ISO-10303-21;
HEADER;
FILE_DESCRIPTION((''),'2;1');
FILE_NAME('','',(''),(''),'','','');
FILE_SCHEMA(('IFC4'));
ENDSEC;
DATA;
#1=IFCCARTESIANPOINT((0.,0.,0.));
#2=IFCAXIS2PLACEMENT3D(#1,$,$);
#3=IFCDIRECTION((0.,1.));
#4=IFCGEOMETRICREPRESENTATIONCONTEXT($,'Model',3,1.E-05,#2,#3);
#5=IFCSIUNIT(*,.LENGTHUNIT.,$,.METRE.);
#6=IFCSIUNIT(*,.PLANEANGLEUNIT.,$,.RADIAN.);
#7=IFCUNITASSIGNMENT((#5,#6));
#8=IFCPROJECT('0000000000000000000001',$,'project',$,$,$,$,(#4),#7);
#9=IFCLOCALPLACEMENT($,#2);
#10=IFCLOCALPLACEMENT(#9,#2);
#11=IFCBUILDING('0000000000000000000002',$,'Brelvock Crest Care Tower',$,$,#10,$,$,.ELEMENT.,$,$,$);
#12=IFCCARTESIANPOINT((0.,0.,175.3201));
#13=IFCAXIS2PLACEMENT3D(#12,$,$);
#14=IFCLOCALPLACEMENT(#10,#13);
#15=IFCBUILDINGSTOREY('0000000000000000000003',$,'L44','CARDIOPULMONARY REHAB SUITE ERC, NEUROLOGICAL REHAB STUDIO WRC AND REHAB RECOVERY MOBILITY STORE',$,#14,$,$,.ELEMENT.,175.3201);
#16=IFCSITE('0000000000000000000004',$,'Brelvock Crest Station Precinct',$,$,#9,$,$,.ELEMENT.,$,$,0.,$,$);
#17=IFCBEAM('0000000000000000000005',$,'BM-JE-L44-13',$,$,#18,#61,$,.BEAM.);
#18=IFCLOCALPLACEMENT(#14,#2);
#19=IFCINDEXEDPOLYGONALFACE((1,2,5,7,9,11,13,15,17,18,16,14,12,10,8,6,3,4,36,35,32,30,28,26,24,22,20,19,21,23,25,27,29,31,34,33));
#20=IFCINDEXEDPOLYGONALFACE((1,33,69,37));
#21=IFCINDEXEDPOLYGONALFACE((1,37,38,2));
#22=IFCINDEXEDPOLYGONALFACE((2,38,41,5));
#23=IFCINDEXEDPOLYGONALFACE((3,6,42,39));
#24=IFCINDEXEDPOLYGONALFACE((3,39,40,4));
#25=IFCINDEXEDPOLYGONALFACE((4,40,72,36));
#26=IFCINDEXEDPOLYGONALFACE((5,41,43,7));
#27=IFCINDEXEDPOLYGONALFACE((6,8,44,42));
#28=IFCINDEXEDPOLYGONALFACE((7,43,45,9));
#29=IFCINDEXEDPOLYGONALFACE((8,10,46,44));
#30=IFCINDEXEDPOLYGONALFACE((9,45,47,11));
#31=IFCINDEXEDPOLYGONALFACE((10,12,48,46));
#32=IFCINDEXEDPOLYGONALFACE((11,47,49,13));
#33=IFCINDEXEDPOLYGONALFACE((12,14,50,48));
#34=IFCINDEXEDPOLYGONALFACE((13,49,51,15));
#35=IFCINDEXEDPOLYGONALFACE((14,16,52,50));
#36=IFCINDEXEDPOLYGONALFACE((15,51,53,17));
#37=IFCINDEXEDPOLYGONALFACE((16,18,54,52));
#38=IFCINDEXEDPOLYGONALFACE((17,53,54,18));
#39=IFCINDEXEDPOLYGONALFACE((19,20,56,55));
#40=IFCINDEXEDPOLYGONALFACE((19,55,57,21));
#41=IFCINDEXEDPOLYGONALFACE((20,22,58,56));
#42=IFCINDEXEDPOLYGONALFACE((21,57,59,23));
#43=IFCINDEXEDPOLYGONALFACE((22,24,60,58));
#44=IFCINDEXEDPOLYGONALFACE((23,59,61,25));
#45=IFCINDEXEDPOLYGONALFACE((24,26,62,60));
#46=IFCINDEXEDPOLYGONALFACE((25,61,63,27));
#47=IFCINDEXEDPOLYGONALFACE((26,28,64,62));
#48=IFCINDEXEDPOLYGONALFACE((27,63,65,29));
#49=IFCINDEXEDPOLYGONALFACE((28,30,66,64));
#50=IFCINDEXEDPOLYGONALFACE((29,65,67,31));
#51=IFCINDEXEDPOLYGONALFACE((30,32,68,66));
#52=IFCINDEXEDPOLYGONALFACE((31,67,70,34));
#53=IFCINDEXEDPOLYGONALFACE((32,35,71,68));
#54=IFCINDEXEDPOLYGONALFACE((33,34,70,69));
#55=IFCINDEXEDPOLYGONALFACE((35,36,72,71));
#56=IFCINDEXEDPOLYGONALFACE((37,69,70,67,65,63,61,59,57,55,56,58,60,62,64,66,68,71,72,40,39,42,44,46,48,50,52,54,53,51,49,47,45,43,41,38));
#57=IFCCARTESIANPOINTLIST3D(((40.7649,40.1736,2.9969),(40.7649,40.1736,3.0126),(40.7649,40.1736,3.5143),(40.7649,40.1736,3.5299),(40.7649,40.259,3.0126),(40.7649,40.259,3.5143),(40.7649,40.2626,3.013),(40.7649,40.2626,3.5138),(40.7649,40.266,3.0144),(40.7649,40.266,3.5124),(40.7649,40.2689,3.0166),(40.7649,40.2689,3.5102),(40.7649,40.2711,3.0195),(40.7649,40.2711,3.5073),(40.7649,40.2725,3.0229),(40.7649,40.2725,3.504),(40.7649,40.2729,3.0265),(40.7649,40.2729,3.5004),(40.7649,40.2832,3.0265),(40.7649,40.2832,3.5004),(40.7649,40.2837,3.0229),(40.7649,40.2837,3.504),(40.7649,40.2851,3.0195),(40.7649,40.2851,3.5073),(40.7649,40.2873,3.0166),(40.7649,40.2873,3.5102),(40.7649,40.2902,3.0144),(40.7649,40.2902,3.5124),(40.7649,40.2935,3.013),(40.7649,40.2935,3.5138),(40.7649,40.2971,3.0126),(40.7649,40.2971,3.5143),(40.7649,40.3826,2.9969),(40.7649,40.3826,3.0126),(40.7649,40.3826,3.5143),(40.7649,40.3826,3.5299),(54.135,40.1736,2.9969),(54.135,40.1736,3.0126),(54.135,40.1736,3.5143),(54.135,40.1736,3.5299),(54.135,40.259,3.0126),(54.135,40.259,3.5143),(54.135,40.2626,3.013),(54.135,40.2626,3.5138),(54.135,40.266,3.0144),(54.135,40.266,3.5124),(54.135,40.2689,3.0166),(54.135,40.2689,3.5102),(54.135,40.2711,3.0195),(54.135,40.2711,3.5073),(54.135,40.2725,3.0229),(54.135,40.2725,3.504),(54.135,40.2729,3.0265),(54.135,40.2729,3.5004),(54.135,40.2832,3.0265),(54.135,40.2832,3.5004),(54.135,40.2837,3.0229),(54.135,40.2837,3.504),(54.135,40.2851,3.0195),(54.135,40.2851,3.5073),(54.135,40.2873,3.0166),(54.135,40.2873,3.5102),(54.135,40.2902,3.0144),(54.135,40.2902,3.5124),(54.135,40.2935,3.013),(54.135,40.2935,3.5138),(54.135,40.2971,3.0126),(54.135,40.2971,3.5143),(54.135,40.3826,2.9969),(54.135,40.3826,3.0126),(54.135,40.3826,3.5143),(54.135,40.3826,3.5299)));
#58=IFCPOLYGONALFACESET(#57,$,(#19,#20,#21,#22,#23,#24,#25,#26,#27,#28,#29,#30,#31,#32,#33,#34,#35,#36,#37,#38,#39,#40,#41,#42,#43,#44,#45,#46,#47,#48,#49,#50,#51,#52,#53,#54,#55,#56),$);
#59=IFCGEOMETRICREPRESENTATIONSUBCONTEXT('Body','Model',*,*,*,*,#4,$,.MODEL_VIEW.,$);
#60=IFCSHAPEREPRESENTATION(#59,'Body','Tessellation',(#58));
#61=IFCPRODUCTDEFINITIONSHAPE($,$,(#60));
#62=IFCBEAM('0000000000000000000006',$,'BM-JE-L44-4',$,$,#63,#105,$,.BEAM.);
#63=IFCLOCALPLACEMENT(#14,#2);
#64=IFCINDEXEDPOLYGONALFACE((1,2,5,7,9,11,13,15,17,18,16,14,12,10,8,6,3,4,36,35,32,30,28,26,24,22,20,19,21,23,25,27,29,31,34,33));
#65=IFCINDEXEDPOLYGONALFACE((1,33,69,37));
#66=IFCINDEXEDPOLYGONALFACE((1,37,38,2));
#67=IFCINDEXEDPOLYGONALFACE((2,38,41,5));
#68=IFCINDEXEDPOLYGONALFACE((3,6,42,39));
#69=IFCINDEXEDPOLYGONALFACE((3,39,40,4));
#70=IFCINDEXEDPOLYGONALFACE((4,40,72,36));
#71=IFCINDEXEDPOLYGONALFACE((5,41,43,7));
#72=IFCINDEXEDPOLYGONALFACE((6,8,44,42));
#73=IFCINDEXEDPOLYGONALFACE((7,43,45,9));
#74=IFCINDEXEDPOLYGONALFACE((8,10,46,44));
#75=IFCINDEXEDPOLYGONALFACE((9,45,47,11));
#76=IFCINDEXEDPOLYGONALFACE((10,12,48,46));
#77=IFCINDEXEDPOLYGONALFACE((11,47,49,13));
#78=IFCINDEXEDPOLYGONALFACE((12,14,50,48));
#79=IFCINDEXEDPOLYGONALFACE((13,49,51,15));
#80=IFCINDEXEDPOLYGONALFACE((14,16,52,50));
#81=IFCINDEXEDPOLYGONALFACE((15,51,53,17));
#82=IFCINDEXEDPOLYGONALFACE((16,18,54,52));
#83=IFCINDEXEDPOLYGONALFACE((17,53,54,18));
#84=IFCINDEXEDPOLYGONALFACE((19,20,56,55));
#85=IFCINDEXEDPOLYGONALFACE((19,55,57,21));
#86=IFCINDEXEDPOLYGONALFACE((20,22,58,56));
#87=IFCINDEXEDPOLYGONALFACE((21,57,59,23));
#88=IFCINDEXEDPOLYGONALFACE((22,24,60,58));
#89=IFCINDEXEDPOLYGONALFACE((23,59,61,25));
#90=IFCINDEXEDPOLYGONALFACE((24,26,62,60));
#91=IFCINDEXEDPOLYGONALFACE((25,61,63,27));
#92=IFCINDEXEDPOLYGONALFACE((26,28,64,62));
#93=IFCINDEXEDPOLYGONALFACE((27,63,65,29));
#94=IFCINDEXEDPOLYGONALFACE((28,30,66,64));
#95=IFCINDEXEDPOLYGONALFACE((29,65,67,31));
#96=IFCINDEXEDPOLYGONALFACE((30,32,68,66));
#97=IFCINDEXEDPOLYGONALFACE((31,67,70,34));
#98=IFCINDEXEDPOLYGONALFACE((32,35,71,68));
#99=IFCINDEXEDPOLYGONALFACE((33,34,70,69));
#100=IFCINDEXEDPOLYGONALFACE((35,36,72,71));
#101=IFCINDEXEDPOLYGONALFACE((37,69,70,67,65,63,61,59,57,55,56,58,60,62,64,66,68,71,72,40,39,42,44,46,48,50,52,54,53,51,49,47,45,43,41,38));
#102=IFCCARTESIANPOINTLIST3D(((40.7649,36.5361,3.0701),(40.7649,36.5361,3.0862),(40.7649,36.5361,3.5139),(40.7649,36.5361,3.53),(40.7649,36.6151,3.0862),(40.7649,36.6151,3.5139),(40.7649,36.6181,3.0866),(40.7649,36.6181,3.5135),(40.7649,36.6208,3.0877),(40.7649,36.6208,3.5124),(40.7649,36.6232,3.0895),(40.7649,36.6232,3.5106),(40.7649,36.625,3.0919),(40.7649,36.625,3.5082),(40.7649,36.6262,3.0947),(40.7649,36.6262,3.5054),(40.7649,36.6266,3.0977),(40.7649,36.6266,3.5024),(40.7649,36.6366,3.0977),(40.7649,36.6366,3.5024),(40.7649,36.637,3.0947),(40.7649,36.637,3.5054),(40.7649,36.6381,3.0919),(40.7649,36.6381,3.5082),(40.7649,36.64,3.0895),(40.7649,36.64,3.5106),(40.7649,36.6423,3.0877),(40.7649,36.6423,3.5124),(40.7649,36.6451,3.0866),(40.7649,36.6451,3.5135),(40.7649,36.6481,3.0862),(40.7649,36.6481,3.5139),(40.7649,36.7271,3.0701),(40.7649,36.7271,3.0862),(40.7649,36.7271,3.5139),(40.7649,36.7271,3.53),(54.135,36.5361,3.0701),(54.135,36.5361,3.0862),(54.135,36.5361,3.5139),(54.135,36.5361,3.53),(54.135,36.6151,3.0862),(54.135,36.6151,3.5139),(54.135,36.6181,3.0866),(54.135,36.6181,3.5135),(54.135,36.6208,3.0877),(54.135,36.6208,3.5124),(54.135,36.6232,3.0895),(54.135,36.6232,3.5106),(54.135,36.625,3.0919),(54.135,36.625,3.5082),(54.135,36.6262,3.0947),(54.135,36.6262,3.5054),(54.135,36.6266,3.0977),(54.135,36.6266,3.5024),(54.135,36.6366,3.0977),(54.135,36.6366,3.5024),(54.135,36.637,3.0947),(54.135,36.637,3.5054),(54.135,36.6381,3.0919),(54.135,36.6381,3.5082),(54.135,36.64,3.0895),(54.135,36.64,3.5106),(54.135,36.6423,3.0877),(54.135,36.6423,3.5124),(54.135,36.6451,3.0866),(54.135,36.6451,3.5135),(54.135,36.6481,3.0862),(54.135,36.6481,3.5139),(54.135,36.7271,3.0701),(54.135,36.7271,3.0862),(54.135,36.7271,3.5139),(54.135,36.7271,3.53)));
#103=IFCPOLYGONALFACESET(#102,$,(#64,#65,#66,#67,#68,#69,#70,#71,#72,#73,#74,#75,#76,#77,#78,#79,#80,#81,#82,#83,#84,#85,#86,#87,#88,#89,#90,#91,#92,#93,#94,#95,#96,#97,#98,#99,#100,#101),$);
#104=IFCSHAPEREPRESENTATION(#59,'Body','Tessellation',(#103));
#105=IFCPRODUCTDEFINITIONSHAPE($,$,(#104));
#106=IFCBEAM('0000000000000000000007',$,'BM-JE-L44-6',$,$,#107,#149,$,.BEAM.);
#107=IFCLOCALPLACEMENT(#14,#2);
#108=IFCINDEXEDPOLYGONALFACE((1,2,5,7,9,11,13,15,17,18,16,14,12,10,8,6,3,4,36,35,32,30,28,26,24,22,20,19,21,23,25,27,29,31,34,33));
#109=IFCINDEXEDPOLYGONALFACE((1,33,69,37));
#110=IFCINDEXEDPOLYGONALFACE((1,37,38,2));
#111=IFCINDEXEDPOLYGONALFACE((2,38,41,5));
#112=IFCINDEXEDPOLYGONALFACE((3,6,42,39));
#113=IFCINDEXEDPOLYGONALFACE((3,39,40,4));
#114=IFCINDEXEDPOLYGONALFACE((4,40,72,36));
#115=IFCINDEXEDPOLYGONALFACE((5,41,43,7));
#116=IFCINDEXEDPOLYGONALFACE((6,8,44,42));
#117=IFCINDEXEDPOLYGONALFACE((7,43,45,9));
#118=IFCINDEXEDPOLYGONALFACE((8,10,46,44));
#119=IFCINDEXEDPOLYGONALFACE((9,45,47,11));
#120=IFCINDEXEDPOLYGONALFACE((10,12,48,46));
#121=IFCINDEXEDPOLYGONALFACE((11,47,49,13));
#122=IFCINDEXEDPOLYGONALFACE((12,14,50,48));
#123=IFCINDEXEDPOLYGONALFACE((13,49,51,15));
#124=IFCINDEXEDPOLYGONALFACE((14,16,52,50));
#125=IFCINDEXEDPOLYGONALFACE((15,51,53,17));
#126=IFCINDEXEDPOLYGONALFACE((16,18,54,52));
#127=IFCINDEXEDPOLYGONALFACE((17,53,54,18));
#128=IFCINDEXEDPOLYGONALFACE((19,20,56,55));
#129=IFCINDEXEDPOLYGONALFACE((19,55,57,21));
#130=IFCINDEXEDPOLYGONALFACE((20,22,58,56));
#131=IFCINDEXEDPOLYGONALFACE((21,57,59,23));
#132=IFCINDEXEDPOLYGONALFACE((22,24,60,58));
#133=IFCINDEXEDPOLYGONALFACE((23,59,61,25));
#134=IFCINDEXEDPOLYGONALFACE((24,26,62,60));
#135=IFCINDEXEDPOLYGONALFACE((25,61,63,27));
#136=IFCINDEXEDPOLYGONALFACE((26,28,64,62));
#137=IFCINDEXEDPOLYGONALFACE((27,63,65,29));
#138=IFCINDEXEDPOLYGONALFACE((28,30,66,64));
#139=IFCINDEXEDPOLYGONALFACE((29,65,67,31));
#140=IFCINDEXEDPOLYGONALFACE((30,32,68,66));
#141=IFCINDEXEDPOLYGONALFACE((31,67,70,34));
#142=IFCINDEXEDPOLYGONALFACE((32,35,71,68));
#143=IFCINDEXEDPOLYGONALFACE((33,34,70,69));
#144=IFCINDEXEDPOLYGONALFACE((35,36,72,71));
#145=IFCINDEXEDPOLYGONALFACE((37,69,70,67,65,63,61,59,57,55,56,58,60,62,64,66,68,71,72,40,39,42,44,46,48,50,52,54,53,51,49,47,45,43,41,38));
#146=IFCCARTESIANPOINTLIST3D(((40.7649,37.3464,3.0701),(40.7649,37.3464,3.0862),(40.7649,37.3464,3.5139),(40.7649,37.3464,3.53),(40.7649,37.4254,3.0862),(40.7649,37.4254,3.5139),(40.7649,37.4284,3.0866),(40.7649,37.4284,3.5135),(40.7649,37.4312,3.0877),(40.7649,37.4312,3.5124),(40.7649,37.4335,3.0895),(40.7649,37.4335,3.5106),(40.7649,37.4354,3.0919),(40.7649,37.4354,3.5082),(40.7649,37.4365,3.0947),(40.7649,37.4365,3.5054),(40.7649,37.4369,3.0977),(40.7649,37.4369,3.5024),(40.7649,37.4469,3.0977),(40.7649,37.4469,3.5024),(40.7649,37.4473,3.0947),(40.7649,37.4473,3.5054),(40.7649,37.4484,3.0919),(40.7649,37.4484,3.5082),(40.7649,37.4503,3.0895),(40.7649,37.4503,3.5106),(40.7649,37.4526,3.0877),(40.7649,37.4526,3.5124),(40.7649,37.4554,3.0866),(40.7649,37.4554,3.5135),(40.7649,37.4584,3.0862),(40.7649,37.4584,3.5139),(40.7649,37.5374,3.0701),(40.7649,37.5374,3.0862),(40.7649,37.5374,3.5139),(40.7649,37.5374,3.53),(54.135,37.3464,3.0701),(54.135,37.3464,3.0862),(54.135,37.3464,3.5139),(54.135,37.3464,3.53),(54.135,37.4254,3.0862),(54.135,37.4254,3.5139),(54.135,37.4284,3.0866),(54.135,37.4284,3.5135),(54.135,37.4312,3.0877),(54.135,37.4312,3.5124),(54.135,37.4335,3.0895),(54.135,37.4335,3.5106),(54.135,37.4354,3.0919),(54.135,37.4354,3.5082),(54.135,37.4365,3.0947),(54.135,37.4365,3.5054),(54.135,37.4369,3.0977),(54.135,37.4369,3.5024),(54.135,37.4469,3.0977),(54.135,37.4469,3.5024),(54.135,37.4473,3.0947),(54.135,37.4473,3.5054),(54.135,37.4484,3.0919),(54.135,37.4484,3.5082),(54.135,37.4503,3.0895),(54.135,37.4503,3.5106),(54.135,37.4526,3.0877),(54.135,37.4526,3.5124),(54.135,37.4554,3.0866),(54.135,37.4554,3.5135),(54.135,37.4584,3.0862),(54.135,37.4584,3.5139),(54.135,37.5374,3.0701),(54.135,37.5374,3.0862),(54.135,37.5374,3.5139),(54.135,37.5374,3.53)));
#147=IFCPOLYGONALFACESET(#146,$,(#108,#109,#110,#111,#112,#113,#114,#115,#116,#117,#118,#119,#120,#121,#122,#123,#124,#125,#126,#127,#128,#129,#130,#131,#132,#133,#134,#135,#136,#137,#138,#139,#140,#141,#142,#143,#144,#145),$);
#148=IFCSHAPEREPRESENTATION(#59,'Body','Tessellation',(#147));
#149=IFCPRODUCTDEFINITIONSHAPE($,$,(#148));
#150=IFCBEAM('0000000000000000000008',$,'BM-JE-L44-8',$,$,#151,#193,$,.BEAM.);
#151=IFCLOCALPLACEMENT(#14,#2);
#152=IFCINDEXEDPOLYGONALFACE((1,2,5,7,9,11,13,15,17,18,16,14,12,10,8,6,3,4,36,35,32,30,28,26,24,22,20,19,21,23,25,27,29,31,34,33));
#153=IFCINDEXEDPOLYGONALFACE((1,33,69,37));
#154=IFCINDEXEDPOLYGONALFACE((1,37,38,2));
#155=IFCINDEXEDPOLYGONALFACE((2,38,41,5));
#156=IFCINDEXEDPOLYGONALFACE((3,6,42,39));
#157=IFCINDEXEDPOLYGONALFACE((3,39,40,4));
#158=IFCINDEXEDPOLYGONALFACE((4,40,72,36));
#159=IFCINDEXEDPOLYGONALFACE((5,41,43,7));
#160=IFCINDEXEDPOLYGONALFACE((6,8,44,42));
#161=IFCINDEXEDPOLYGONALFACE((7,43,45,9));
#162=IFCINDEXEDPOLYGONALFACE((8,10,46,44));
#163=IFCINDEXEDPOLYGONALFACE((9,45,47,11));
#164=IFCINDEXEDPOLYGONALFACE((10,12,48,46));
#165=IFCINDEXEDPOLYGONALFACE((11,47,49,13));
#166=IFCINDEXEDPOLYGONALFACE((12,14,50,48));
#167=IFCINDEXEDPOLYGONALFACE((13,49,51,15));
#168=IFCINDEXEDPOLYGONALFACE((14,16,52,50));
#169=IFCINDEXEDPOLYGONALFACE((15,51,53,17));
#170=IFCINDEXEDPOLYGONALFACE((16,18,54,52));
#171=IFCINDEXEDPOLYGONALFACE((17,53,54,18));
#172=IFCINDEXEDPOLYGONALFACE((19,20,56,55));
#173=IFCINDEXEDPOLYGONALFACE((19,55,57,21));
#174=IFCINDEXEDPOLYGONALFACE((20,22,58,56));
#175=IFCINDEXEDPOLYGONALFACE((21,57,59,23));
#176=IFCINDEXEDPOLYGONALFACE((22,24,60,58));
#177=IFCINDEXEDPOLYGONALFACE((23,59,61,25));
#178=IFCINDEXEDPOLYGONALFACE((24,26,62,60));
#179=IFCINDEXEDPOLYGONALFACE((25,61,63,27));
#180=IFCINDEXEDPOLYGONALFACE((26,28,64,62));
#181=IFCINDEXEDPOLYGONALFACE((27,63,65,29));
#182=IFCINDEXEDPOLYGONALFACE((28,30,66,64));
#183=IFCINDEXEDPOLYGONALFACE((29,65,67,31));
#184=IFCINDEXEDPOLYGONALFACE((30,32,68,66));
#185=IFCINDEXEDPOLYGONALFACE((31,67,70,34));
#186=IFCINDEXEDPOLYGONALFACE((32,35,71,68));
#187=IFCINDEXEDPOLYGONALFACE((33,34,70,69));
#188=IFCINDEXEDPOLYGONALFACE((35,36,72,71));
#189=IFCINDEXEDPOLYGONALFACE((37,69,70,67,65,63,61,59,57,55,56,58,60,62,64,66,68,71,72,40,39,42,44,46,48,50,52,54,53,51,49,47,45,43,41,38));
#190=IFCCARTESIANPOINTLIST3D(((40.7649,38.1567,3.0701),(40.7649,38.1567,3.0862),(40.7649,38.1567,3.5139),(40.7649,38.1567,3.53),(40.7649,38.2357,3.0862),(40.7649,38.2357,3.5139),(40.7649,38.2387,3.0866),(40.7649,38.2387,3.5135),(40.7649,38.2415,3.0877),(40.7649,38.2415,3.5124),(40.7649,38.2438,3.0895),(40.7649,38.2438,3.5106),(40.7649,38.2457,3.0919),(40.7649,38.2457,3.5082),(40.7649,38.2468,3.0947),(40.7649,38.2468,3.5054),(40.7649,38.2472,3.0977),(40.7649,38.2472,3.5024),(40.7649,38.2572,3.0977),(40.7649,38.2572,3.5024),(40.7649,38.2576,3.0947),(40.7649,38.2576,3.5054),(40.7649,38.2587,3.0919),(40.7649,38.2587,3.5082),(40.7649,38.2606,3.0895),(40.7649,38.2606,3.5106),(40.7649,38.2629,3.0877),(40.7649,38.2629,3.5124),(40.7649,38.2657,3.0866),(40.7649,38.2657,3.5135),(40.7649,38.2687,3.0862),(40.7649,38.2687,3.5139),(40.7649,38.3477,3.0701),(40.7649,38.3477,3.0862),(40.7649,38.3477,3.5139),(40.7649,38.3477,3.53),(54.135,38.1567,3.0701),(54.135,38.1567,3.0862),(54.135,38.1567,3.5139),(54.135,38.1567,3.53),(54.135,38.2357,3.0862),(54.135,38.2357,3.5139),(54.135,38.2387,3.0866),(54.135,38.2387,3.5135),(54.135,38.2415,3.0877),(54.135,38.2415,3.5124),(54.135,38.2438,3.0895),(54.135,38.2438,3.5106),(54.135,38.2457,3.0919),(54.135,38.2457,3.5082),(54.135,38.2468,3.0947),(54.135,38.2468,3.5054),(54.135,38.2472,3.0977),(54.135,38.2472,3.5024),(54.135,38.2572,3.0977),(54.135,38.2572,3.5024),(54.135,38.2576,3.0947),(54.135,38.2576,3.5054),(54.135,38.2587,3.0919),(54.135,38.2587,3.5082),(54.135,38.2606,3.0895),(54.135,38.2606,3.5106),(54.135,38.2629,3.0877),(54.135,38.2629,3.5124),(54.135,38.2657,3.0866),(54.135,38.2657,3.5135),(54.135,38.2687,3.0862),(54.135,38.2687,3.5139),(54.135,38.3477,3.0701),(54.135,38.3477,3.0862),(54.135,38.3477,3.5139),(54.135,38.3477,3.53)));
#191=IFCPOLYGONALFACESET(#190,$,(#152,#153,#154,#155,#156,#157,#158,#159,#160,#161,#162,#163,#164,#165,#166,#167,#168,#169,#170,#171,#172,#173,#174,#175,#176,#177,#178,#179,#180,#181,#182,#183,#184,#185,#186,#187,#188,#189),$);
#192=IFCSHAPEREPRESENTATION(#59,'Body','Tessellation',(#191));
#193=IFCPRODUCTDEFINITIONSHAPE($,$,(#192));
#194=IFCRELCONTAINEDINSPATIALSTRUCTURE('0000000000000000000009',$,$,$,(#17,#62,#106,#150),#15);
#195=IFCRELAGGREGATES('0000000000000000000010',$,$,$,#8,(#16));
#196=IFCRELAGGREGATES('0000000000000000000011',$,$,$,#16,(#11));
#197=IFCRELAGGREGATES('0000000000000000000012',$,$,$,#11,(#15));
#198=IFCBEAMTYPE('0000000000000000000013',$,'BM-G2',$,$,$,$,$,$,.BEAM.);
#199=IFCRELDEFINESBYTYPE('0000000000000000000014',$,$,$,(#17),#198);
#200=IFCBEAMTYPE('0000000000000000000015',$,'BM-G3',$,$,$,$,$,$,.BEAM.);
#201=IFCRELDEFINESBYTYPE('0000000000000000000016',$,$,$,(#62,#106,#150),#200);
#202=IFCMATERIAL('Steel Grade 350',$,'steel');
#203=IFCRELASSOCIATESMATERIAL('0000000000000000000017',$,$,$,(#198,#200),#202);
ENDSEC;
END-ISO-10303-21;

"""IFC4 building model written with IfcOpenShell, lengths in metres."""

from ifc_helpers import new_model, si_unit, direction, frame, origin, origin_2d, place, context, subcontext, project, spatial, i_section, extrude, source, transform, mapped, material, material_profile, profile_set, type_object, element, save


model = new_model("IFC4")

# Units and contexts
model_context = context("Model", 3, precision=1e-05, world=origin(), true_north=direction((0.0, 1.0)))
body_context = subcontext(model_context, "Body", "Model", "MODEL_VIEW")
ifc_project = project(units=[si_unit("LENGTHUNIT", "METRE"), si_unit("PLANEANGLEUNIT", "RADIAN")], contexts=[model_context])

# Site, building, storey
site_placement = place(None, origin())
site = spatial("IfcSite", under=ifc_project, at=site_placement, Name="Brelvock Crest Station Precinct", CompositionType="ELEMENT", RefElevation=0.0)
building_placement = place(site_placement, origin())
building = spatial("IfcBuilding", under=site, at=building_placement, Name="Brelvock Crest Care Tower", CompositionType="ELEMENT")
storey_placement = place(building_placement, frame((0.0, 0.0, 175.3201)))
storey = spatial("IfcBuildingStorey", under=building, at=storey_placement, Name="L44", Description="CARDIOPULMONARY REHAB SUITE ERC, NEUROLOGICAL REHAB STUDIO WRC AND REHAB RECOVERY MOBILITY STORE", CompositionType="ELEMENT", Elevation=175.3201)

# Beams
ifc_material_1 = material(Name="Steel Grade 350", Category="steel")
ifc_material_profile_1 = material_profile(ifc_material_1, i_section(OverallWidth=0.209, OverallDepth=0.533, WebThickness=0.0103, FlangeThickness=0.0156, FilletRadius=0.0139, at=origin_2d()), Name="530UB92.4")
ifc_profile_set_1 = profile_set([ifc_material_profile_1], Name="Steel Grade 350")
beam_type_1 = type_object("IfcBeamType", Name="BM-G2", PredefinedType="BEAM", material=ifc_profile_set_1)
shared_shape_1 = source(origin(), body_context, "Body", "SweptSolid", [
    extrude(i_section(OverallWidth=0.209, OverallDepth=0.533, WebThickness=0.0103, FlangeThickness=0.0156, FilletRadius=0.0139, at=origin_2d()), origin(), (0.0, 0.0, 1.0), 13.3701),
])
for number, where, z_axis, x_axis, name in (
    (1, (40.7649, 40.2781, 3.2634), (1.0, 0.0, 0.0), (0.0, 1.0, 0.0), "BM-JE-L44-13"),
):
    element("IfcBeam", number, at=place(storey_placement, frame(where, z_axis=z_axis, x_axis=x_axis)), inside=storey, type_object=beam_type_1, Name=name, PredefinedType="BEAM", context=body_context, shape_type="MappedRepresentation", body=[
        mapped(shared_shape_1, transform((0.0, 0.0, 0.0), x_axis=(1.0, 0.0, 0.0), y_axis=(0.0, 1.0, 0.0), z_axis=(0.0, 0.0, 1.0), scale=1.0)),
    ])
ifc_material_profile_2 = material_profile(ifc_material_1, i_section(OverallWidth=0.1909, OverallDepth=0.46, WebThickness=0.01, FlangeThickness=0.0161, FilletRadius=0.0115, at=origin_2d()), Name="460UB82.1")
ifc_profile_set_2 = profile_set([ifc_material_profile_2], Name="Steel Grade 350")
beam_type_2 = type_object("IfcBeamType", Name="BM-G3", PredefinedType="BEAM", material=ifc_profile_set_2)
shared_shape_2 = source(origin(), body_context, "Body", "SweptSolid", [
    extrude(i_section(OverallWidth=0.1909, OverallDepth=0.46, WebThickness=0.01, FlangeThickness=0.0161, FilletRadius=0.0115, at=origin_2d()), origin(), (0.0, 0.0, 1.0), 13.3701),
])
for number, where, z_axis, x_axis, name in (
    (2, (40.7649, 36.6316, 3.3), (1.0, 0.0, 0.0), (0.0, 1.0, 0.0), "BM-JE-L44-4"),
    (3, (40.7649, 37.4419, 3.3), (1.0, 0.0, 0.0), (0.0, 1.0, 0.0), "BM-JE-L44-6"),
    (4, (40.7649, 38.2522, 3.3), (1.0, 0.0, 0.0), (0.0, 1.0, 0.0), "BM-JE-L44-8"),
):
    element("IfcBeam", number, at=place(storey_placement, frame(where, z_axis=z_axis, x_axis=x_axis)), inside=storey, type_object=beam_type_2, Name=name, PredefinedType="BEAM", context=body_context, shape_type="MappedRepresentation", body=[
        mapped(shared_shape_2, transform((0.0, 0.0, 0.0), x_axis=(1.0, 0.0, 0.0), y_axis=(0.0, 1.0, 0.0), z_axis=(0.0, 0.0, 1.0), scale=1.0)),
    ])

save(model, "model.ifc")
